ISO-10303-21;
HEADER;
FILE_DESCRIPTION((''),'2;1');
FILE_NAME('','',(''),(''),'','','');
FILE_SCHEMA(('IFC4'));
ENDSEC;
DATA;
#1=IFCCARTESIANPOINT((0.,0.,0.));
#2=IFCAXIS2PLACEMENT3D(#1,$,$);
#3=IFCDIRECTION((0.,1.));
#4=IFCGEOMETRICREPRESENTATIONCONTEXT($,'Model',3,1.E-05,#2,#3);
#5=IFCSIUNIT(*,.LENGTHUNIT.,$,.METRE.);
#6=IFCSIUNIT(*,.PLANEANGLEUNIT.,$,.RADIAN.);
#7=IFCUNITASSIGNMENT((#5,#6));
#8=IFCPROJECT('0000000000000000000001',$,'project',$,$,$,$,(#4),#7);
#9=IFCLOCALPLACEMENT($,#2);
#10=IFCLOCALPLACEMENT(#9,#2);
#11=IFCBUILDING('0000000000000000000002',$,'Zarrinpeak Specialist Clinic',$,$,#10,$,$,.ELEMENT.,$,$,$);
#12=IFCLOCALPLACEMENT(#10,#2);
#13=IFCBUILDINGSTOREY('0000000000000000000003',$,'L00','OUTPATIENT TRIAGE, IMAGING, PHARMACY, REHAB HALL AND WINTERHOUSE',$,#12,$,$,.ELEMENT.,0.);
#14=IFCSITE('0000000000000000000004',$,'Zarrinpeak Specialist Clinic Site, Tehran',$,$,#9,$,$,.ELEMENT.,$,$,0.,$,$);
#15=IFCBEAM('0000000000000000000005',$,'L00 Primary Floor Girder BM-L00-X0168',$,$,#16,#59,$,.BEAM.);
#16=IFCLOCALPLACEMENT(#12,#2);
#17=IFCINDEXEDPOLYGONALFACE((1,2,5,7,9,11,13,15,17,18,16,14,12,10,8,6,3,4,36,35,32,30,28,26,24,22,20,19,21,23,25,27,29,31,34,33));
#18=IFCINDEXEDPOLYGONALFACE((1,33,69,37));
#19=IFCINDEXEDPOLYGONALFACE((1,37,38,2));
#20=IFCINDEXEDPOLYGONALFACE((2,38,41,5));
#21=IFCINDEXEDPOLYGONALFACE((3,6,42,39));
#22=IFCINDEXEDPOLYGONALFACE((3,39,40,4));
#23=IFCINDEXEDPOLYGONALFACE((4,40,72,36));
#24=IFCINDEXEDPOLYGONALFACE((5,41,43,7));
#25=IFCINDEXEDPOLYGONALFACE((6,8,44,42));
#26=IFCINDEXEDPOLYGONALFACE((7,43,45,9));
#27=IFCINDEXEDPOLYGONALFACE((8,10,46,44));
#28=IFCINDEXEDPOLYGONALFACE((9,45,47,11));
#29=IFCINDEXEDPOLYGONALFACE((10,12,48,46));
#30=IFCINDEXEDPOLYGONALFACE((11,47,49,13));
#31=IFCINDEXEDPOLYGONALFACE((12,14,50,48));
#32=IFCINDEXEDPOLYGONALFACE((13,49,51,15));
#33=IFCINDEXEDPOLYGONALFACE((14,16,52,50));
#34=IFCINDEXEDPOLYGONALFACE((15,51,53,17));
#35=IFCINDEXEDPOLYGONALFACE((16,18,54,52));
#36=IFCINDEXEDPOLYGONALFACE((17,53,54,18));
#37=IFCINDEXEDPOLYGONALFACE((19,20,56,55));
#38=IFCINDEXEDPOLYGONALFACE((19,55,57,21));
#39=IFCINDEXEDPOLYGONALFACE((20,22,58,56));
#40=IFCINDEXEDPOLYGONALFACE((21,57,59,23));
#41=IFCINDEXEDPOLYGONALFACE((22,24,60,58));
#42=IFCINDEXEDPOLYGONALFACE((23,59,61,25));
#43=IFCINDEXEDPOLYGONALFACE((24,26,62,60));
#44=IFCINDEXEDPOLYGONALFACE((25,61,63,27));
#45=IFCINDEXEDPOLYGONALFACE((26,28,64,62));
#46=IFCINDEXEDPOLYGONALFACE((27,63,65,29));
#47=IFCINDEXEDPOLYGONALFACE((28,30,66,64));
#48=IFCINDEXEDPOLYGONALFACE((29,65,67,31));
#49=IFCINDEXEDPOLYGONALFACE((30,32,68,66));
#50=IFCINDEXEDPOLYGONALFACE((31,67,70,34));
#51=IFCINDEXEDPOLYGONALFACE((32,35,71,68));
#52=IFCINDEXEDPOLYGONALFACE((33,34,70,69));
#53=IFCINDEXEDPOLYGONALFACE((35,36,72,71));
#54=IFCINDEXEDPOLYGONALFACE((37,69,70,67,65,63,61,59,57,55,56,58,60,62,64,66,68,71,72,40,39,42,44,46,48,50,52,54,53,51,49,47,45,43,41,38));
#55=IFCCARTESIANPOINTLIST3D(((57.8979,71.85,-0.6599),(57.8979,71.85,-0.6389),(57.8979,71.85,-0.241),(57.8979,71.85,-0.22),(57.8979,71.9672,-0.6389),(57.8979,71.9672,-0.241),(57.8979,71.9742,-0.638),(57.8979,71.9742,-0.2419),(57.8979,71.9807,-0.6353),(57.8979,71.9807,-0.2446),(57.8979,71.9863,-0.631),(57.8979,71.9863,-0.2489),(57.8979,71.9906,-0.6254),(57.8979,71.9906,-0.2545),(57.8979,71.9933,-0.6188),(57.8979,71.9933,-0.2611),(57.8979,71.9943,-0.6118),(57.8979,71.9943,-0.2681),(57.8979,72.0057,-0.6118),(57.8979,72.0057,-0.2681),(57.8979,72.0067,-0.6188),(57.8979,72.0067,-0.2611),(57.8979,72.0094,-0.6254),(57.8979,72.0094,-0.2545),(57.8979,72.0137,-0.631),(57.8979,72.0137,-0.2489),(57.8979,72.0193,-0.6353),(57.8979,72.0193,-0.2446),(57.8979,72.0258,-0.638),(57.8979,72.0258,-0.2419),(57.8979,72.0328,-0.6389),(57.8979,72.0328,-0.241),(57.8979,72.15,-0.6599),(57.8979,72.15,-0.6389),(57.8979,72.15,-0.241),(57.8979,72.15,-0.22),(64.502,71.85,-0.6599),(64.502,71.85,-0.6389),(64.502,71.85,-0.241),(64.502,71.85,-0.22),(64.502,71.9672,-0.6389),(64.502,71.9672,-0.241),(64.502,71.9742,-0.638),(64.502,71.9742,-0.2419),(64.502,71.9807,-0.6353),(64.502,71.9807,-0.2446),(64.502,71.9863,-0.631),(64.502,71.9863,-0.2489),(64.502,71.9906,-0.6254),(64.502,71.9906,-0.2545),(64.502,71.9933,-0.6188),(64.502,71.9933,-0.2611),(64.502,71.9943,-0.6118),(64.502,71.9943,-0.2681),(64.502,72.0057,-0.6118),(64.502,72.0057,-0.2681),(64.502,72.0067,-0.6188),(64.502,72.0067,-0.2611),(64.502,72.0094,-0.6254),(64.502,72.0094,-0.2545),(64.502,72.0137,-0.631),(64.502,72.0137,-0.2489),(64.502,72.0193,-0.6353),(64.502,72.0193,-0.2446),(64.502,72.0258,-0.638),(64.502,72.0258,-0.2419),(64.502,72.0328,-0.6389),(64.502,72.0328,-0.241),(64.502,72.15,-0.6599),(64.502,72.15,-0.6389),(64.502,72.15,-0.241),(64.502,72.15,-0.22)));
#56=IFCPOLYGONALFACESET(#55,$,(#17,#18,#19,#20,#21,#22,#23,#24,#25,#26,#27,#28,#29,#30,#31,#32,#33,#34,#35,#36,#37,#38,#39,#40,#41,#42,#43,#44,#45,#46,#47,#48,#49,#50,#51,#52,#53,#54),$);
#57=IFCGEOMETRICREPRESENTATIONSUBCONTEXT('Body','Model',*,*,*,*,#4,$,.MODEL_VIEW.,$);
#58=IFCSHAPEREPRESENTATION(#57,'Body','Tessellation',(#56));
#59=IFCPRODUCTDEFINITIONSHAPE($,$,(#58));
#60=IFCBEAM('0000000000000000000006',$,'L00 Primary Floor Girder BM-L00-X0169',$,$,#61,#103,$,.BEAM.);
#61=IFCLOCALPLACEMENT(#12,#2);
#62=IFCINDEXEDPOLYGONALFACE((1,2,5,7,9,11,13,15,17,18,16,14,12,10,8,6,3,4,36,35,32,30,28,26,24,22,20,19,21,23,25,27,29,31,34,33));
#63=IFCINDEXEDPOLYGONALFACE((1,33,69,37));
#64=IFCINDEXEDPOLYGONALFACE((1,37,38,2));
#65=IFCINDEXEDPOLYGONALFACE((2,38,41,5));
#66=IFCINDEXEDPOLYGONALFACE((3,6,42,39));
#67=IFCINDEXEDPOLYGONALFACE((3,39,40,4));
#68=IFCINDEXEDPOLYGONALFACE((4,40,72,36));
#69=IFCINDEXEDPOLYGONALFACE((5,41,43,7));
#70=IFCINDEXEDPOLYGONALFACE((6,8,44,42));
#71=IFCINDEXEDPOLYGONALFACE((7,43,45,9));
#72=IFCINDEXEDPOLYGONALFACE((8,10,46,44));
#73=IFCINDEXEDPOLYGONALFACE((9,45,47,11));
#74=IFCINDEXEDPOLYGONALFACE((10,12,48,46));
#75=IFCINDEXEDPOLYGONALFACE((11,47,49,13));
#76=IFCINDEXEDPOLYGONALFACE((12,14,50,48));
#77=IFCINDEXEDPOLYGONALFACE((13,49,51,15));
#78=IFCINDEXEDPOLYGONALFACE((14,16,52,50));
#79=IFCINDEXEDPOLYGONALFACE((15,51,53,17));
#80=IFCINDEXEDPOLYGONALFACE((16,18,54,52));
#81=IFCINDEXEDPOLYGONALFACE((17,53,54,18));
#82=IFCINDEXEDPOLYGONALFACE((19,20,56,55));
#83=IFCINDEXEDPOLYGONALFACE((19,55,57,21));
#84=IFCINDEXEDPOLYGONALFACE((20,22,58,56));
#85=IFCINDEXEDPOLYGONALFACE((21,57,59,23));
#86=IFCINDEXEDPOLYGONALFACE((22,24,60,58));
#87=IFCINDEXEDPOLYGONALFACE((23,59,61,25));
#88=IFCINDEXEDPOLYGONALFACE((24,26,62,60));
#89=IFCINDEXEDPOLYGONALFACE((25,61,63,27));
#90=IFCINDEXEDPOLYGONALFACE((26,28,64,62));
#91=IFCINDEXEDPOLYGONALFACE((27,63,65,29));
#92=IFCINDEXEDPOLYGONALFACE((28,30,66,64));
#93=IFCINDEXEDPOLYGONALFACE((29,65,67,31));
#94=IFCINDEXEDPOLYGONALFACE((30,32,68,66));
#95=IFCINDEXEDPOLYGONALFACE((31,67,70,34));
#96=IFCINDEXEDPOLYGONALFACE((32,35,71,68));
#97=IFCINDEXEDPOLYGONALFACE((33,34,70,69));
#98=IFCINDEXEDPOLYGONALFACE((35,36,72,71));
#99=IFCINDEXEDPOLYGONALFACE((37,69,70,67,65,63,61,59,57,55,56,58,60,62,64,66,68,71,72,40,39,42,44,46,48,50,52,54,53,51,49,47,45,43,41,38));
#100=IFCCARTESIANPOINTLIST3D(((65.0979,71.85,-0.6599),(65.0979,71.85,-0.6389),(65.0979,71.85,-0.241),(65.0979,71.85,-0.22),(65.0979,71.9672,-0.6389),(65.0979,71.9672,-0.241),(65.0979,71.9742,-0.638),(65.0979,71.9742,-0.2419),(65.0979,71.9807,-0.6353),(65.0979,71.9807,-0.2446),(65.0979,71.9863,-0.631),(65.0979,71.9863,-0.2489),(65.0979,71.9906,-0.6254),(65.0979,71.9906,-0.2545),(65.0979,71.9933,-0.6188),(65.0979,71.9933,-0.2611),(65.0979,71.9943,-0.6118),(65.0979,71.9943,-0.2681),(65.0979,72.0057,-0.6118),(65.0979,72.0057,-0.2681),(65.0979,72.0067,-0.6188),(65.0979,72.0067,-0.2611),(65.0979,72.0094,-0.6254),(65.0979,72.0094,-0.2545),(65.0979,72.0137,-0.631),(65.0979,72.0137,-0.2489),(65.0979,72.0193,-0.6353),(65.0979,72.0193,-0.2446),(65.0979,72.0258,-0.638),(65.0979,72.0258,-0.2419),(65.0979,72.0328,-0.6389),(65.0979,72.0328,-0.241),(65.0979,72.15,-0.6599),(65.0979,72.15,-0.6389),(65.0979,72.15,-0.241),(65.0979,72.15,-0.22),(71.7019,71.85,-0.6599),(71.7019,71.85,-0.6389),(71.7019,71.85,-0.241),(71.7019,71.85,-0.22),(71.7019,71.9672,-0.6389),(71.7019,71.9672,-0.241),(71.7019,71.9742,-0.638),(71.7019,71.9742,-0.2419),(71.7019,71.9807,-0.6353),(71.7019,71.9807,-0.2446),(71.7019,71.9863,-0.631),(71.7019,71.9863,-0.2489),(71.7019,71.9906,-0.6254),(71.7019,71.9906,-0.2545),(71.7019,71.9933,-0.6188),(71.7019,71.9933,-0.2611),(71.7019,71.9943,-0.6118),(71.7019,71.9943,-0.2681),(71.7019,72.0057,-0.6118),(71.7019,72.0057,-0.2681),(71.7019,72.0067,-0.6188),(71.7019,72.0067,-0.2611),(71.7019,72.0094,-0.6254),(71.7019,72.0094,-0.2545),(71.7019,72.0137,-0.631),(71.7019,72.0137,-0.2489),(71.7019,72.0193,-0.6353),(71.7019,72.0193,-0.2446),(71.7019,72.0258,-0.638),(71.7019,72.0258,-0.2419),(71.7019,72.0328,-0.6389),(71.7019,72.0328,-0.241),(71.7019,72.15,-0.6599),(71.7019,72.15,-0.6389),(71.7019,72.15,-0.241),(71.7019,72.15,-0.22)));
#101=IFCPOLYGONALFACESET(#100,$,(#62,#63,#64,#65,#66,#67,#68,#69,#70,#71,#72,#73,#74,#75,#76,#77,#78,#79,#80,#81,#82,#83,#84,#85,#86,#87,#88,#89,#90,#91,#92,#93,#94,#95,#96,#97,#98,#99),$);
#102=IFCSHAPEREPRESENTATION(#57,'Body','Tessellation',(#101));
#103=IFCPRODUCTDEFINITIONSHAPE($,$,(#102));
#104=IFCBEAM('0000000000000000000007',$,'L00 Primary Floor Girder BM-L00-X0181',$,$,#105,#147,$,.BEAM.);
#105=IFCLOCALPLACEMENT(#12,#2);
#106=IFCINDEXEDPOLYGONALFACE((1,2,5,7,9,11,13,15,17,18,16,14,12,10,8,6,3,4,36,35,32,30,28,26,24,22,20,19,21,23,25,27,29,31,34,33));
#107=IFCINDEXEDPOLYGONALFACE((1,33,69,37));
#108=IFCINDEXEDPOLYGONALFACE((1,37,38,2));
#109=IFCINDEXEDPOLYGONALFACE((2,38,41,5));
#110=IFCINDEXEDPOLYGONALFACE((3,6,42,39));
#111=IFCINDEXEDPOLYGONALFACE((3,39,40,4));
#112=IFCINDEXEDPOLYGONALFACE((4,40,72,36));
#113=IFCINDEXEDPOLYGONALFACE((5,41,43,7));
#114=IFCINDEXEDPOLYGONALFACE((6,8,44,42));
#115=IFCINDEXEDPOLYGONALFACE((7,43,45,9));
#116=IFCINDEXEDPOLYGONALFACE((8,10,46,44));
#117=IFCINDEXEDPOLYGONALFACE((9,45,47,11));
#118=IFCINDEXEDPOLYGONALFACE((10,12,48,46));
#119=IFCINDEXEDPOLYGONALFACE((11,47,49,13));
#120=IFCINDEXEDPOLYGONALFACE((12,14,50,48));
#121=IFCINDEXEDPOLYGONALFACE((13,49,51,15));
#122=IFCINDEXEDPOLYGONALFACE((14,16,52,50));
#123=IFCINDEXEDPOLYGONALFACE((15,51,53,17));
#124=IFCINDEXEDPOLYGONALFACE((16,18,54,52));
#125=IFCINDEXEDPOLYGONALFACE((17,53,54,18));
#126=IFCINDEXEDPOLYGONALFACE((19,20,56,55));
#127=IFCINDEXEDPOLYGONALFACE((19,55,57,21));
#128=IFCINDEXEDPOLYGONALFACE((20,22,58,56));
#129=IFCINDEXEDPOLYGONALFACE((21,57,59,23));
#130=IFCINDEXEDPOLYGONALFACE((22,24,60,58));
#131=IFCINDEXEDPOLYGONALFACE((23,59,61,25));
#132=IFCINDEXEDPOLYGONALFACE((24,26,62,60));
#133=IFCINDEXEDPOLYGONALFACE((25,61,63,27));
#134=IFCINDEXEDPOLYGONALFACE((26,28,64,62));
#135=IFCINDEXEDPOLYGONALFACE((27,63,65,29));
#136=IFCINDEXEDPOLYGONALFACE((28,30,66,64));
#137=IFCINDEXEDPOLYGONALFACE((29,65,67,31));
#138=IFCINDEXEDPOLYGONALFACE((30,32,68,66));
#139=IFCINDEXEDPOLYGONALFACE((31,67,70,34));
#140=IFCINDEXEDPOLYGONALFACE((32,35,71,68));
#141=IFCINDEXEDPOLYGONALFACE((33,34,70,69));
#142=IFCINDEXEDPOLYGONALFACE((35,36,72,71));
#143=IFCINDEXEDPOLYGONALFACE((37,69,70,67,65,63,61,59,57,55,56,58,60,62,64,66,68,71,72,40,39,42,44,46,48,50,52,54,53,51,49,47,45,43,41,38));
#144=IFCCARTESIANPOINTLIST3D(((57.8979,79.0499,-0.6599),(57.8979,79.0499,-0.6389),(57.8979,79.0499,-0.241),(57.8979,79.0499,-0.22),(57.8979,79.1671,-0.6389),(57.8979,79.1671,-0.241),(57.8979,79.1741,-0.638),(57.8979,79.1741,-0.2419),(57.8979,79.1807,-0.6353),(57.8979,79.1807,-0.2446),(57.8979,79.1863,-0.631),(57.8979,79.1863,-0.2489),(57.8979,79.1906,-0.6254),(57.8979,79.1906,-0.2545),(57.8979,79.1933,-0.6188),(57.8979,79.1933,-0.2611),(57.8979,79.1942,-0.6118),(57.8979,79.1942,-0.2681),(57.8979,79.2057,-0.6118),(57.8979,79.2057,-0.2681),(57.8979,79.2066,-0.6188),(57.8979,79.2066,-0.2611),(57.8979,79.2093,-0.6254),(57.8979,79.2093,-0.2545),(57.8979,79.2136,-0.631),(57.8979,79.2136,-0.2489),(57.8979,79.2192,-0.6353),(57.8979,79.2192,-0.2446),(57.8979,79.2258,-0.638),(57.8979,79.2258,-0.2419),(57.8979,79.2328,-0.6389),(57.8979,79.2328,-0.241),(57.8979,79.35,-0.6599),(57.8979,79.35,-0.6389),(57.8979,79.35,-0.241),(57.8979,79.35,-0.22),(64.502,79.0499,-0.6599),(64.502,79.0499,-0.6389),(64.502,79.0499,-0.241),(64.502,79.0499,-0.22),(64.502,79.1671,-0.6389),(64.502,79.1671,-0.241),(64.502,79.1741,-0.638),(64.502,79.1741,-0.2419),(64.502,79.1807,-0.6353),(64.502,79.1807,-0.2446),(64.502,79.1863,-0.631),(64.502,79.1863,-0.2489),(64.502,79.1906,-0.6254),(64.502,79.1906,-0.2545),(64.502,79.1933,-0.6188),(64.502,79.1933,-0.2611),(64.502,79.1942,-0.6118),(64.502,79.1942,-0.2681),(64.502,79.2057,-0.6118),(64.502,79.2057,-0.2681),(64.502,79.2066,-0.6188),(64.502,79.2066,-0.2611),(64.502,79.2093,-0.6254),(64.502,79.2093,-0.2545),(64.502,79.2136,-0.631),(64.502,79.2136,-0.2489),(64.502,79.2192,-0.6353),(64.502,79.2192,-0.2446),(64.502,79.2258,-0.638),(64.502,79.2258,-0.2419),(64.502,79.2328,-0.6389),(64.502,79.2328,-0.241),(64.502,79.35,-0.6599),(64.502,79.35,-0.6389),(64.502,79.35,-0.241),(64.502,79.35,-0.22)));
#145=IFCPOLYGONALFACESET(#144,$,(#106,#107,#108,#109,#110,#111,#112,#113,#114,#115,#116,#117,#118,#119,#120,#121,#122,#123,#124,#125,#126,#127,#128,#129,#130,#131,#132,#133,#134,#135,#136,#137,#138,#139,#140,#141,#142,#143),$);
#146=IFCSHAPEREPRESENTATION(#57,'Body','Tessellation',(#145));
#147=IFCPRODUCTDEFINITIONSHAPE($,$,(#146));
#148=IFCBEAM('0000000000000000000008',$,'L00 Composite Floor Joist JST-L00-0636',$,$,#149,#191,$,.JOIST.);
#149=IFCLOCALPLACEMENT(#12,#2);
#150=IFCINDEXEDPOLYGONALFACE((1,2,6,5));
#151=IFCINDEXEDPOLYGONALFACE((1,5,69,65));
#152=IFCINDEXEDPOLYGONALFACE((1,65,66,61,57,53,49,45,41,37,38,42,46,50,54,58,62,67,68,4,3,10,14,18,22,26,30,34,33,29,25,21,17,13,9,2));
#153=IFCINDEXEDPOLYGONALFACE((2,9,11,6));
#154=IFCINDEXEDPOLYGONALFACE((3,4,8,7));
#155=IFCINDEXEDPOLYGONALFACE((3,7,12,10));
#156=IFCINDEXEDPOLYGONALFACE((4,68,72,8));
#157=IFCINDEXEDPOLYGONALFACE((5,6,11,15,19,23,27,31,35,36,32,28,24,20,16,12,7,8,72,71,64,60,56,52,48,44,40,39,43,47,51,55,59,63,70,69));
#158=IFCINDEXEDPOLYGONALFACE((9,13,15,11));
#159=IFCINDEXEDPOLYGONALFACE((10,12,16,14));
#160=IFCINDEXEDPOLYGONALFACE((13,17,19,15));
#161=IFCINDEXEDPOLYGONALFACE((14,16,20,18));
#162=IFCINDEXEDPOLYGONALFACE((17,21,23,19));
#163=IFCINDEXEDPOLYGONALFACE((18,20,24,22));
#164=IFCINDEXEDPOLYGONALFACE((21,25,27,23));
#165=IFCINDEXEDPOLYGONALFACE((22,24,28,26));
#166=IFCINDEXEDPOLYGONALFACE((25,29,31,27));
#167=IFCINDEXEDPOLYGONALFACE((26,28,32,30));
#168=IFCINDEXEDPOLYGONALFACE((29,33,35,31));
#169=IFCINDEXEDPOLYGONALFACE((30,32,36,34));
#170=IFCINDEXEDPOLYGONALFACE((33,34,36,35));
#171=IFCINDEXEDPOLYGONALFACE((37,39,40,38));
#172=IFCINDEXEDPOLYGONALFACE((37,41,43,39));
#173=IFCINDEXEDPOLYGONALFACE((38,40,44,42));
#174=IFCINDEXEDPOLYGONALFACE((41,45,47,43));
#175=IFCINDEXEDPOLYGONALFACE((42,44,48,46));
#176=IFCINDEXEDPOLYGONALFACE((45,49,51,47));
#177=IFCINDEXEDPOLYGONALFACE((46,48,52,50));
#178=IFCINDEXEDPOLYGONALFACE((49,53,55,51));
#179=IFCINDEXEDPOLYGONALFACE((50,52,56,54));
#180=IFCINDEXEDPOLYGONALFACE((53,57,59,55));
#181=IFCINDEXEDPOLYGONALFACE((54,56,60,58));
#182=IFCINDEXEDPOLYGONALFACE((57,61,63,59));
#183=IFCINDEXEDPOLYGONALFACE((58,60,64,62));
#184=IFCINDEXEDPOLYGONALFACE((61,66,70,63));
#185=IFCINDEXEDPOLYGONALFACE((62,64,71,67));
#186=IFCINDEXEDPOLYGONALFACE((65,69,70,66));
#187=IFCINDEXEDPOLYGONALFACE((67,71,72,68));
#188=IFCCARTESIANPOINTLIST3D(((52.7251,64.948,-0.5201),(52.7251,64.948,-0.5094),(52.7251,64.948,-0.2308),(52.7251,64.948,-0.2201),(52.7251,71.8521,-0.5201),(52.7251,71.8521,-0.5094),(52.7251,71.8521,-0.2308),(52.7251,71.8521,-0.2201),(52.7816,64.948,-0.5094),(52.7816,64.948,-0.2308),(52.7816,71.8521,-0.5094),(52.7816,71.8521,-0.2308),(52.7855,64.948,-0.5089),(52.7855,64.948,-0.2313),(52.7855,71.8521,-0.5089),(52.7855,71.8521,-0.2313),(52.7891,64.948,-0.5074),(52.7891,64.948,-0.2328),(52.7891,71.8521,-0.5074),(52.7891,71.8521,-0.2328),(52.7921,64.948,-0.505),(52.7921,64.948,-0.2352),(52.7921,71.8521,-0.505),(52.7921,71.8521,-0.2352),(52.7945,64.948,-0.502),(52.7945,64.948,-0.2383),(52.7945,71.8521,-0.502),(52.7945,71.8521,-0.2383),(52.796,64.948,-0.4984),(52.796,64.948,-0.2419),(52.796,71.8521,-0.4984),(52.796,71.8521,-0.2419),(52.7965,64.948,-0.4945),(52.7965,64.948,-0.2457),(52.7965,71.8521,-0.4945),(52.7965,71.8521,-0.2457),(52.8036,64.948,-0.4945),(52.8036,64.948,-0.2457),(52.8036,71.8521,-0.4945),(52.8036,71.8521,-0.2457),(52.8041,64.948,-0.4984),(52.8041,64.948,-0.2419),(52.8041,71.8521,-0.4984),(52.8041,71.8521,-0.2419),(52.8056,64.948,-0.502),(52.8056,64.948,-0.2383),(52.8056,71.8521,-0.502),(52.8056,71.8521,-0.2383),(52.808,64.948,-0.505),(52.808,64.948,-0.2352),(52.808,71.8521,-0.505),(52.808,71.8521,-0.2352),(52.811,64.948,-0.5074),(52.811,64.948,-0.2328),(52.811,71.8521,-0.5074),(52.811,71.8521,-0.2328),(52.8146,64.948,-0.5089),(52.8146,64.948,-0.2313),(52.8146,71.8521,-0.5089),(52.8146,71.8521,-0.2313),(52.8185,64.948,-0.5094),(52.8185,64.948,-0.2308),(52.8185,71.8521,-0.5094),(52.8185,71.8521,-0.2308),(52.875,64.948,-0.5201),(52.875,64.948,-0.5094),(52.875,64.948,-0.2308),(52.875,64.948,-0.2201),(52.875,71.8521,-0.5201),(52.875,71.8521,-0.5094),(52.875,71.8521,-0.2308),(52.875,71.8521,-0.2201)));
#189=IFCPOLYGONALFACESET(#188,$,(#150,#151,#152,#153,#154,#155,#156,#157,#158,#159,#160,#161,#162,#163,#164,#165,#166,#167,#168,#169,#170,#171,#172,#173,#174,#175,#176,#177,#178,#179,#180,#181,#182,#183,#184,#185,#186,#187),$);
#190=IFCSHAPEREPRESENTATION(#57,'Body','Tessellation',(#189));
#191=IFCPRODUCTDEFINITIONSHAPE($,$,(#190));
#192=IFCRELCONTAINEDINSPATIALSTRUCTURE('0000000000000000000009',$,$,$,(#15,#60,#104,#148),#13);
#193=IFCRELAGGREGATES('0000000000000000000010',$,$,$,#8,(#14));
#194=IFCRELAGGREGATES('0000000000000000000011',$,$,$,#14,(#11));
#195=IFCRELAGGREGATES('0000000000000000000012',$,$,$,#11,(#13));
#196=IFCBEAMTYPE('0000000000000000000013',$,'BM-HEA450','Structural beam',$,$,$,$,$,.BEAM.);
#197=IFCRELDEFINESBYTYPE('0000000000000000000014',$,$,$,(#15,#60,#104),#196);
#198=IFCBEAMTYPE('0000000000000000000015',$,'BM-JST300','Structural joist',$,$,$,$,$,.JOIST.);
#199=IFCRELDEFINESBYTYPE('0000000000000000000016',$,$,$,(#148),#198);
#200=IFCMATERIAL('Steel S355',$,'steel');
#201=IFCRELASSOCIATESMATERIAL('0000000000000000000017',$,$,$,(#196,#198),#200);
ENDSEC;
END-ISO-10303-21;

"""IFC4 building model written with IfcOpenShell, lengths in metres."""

from ifc_helpers import new_model, si_unit, direction, frame, origin, origin_2d, place, context, subcontext, project, spatial, i_section, extrude, material, material_profile, profile_set, type_object, element, save


model = new_model("IFC4")

# Units and contexts
model_context = context("Model", 3, precision=1e-05, world=origin(), true_north=direction((0.0, 1.0)))
body_context = subcontext(model_context, "Body", "Model", "MODEL_VIEW")
ifc_project = project(units=[si_unit("LENGTHUNIT", "METRE"), si_unit("PLANEANGLEUNIT", "RADIAN")], contexts=[model_context])

# Site, building, storey
site_placement = place(None, origin())
site = spatial("IfcSite", under=ifc_project, at=site_placement, Name="Zarrinpeak Specialist Clinic Site, Tehran", CompositionType="ELEMENT", RefElevation=0.0)
building_placement = place(site_placement, origin())
building = spatial("IfcBuilding", under=site, at=building_placement, Name="Zarrinpeak Specialist Clinic", CompositionType="ELEMENT")
storey_placement = place(building_placement, origin())
storey = spatial("IfcBuildingStorey", under=building, at=storey_placement, Name="L00", Description="OUTPATIENT TRIAGE, IMAGING, PHARMACY, REHAB HALL AND WINTERHOUSE", CompositionType="ELEMENT", Elevation=0.0)

# Beams
ifc_material = material(Name="Steel S355", Category="steel")
ifc_material_profile_1 = material_profile(ifc_material, i_section(OverallWidth=0.3, OverallDepth=0.4399, WebThickness=0.0115, FlangeThickness=0.021, FilletRadius=0.0271, at=origin_2d()), Name="HEA 450")
ifc_profile_set_1 = profile_set([ifc_material_profile_1], Name="Steel S355")
beam_type_1 = type_object("IfcBeamType", Name="BM-HEA450", Description="Structural beam", PredefinedType="BEAM", material=ifc_profile_set_1)
for number, where, z_axis, x_axis, name in (
    (1, (57.8979, 72.0, -0.4399), (1.0, 0.0, 0.0), (0.0, 1.0, 0.0), "L00 Primary Floor Girder BM-L00-X0168"),
    (2, (65.0979, 72.0, -0.4399), (1.0, 0.0, 0.0), (0.0, 1.0, 0.0), "L00 Primary Floor Girder BM-L00-X0169"),
    (3, (57.8979, 79.2, -0.4399), (1.0, 0.0, 0.0), (0.0, 1.0, 0.0), "L00 Primary Floor Girder BM-L00-X0181"),
):
    element("IfcBeam", number, at=place(storey_placement, frame(where, z_axis=z_axis, x_axis=x_axis)), inside=storey, type_object=beam_type_1, Name=name, PredefinedType="BEAM", context=body_context, shape_type="SweptSolid", body=[
        extrude(i_section(OverallWidth=0.3, OverallDepth=0.4399, WebThickness=0.0115, FlangeThickness=0.021, FilletRadius=0.0271, at=origin_2d()), origin(), (0.0, 0.0, 1.0), 6.604),
    ])
ifc_material_profile_2 = material_profile(ifc_material, i_section(OverallWidth=0.1499, OverallDepth=0.3, WebThickness=0.0071, FlangeThickness=0.0107, FilletRadius=0.0149, at=origin_2d()), Name="IPE 300")
ifc_profile_set_2 = profile_set([ifc_material_profile_2], Name="Steel S355")
beam_type_2 = type_object("IfcBeamType", Name="BM-JST300", Description="Structural joist", PredefinedType="JOIST", material=ifc_profile_set_2)
for number, where, z_axis, x_axis, name in (
    (4, (52.8, 64.948, -0.3701), (0.0, 1.0, 0.0), (-1.0, 0.0, 0.0), "L00 Composite Floor Joist JST-L00-0636"),
):
    element("IfcBeam", number, at=place(storey_placement, frame(where, z_axis=z_axis, x_axis=x_axis)), inside=storey, type_object=beam_type_2, Name=name, PredefinedType="JOIST", context=body_context, shape_type="SweptSolid", body=[
        extrude(i_section(OverallWidth=0.1499, OverallDepth=0.3, WebThickness=0.0071, FlangeThickness=0.0107, FilletRadius=0.0149, at=origin_2d()), origin(), (0.0, 0.0, 1.0), 6.9041),
    ])

save(model, "model.ifc")
